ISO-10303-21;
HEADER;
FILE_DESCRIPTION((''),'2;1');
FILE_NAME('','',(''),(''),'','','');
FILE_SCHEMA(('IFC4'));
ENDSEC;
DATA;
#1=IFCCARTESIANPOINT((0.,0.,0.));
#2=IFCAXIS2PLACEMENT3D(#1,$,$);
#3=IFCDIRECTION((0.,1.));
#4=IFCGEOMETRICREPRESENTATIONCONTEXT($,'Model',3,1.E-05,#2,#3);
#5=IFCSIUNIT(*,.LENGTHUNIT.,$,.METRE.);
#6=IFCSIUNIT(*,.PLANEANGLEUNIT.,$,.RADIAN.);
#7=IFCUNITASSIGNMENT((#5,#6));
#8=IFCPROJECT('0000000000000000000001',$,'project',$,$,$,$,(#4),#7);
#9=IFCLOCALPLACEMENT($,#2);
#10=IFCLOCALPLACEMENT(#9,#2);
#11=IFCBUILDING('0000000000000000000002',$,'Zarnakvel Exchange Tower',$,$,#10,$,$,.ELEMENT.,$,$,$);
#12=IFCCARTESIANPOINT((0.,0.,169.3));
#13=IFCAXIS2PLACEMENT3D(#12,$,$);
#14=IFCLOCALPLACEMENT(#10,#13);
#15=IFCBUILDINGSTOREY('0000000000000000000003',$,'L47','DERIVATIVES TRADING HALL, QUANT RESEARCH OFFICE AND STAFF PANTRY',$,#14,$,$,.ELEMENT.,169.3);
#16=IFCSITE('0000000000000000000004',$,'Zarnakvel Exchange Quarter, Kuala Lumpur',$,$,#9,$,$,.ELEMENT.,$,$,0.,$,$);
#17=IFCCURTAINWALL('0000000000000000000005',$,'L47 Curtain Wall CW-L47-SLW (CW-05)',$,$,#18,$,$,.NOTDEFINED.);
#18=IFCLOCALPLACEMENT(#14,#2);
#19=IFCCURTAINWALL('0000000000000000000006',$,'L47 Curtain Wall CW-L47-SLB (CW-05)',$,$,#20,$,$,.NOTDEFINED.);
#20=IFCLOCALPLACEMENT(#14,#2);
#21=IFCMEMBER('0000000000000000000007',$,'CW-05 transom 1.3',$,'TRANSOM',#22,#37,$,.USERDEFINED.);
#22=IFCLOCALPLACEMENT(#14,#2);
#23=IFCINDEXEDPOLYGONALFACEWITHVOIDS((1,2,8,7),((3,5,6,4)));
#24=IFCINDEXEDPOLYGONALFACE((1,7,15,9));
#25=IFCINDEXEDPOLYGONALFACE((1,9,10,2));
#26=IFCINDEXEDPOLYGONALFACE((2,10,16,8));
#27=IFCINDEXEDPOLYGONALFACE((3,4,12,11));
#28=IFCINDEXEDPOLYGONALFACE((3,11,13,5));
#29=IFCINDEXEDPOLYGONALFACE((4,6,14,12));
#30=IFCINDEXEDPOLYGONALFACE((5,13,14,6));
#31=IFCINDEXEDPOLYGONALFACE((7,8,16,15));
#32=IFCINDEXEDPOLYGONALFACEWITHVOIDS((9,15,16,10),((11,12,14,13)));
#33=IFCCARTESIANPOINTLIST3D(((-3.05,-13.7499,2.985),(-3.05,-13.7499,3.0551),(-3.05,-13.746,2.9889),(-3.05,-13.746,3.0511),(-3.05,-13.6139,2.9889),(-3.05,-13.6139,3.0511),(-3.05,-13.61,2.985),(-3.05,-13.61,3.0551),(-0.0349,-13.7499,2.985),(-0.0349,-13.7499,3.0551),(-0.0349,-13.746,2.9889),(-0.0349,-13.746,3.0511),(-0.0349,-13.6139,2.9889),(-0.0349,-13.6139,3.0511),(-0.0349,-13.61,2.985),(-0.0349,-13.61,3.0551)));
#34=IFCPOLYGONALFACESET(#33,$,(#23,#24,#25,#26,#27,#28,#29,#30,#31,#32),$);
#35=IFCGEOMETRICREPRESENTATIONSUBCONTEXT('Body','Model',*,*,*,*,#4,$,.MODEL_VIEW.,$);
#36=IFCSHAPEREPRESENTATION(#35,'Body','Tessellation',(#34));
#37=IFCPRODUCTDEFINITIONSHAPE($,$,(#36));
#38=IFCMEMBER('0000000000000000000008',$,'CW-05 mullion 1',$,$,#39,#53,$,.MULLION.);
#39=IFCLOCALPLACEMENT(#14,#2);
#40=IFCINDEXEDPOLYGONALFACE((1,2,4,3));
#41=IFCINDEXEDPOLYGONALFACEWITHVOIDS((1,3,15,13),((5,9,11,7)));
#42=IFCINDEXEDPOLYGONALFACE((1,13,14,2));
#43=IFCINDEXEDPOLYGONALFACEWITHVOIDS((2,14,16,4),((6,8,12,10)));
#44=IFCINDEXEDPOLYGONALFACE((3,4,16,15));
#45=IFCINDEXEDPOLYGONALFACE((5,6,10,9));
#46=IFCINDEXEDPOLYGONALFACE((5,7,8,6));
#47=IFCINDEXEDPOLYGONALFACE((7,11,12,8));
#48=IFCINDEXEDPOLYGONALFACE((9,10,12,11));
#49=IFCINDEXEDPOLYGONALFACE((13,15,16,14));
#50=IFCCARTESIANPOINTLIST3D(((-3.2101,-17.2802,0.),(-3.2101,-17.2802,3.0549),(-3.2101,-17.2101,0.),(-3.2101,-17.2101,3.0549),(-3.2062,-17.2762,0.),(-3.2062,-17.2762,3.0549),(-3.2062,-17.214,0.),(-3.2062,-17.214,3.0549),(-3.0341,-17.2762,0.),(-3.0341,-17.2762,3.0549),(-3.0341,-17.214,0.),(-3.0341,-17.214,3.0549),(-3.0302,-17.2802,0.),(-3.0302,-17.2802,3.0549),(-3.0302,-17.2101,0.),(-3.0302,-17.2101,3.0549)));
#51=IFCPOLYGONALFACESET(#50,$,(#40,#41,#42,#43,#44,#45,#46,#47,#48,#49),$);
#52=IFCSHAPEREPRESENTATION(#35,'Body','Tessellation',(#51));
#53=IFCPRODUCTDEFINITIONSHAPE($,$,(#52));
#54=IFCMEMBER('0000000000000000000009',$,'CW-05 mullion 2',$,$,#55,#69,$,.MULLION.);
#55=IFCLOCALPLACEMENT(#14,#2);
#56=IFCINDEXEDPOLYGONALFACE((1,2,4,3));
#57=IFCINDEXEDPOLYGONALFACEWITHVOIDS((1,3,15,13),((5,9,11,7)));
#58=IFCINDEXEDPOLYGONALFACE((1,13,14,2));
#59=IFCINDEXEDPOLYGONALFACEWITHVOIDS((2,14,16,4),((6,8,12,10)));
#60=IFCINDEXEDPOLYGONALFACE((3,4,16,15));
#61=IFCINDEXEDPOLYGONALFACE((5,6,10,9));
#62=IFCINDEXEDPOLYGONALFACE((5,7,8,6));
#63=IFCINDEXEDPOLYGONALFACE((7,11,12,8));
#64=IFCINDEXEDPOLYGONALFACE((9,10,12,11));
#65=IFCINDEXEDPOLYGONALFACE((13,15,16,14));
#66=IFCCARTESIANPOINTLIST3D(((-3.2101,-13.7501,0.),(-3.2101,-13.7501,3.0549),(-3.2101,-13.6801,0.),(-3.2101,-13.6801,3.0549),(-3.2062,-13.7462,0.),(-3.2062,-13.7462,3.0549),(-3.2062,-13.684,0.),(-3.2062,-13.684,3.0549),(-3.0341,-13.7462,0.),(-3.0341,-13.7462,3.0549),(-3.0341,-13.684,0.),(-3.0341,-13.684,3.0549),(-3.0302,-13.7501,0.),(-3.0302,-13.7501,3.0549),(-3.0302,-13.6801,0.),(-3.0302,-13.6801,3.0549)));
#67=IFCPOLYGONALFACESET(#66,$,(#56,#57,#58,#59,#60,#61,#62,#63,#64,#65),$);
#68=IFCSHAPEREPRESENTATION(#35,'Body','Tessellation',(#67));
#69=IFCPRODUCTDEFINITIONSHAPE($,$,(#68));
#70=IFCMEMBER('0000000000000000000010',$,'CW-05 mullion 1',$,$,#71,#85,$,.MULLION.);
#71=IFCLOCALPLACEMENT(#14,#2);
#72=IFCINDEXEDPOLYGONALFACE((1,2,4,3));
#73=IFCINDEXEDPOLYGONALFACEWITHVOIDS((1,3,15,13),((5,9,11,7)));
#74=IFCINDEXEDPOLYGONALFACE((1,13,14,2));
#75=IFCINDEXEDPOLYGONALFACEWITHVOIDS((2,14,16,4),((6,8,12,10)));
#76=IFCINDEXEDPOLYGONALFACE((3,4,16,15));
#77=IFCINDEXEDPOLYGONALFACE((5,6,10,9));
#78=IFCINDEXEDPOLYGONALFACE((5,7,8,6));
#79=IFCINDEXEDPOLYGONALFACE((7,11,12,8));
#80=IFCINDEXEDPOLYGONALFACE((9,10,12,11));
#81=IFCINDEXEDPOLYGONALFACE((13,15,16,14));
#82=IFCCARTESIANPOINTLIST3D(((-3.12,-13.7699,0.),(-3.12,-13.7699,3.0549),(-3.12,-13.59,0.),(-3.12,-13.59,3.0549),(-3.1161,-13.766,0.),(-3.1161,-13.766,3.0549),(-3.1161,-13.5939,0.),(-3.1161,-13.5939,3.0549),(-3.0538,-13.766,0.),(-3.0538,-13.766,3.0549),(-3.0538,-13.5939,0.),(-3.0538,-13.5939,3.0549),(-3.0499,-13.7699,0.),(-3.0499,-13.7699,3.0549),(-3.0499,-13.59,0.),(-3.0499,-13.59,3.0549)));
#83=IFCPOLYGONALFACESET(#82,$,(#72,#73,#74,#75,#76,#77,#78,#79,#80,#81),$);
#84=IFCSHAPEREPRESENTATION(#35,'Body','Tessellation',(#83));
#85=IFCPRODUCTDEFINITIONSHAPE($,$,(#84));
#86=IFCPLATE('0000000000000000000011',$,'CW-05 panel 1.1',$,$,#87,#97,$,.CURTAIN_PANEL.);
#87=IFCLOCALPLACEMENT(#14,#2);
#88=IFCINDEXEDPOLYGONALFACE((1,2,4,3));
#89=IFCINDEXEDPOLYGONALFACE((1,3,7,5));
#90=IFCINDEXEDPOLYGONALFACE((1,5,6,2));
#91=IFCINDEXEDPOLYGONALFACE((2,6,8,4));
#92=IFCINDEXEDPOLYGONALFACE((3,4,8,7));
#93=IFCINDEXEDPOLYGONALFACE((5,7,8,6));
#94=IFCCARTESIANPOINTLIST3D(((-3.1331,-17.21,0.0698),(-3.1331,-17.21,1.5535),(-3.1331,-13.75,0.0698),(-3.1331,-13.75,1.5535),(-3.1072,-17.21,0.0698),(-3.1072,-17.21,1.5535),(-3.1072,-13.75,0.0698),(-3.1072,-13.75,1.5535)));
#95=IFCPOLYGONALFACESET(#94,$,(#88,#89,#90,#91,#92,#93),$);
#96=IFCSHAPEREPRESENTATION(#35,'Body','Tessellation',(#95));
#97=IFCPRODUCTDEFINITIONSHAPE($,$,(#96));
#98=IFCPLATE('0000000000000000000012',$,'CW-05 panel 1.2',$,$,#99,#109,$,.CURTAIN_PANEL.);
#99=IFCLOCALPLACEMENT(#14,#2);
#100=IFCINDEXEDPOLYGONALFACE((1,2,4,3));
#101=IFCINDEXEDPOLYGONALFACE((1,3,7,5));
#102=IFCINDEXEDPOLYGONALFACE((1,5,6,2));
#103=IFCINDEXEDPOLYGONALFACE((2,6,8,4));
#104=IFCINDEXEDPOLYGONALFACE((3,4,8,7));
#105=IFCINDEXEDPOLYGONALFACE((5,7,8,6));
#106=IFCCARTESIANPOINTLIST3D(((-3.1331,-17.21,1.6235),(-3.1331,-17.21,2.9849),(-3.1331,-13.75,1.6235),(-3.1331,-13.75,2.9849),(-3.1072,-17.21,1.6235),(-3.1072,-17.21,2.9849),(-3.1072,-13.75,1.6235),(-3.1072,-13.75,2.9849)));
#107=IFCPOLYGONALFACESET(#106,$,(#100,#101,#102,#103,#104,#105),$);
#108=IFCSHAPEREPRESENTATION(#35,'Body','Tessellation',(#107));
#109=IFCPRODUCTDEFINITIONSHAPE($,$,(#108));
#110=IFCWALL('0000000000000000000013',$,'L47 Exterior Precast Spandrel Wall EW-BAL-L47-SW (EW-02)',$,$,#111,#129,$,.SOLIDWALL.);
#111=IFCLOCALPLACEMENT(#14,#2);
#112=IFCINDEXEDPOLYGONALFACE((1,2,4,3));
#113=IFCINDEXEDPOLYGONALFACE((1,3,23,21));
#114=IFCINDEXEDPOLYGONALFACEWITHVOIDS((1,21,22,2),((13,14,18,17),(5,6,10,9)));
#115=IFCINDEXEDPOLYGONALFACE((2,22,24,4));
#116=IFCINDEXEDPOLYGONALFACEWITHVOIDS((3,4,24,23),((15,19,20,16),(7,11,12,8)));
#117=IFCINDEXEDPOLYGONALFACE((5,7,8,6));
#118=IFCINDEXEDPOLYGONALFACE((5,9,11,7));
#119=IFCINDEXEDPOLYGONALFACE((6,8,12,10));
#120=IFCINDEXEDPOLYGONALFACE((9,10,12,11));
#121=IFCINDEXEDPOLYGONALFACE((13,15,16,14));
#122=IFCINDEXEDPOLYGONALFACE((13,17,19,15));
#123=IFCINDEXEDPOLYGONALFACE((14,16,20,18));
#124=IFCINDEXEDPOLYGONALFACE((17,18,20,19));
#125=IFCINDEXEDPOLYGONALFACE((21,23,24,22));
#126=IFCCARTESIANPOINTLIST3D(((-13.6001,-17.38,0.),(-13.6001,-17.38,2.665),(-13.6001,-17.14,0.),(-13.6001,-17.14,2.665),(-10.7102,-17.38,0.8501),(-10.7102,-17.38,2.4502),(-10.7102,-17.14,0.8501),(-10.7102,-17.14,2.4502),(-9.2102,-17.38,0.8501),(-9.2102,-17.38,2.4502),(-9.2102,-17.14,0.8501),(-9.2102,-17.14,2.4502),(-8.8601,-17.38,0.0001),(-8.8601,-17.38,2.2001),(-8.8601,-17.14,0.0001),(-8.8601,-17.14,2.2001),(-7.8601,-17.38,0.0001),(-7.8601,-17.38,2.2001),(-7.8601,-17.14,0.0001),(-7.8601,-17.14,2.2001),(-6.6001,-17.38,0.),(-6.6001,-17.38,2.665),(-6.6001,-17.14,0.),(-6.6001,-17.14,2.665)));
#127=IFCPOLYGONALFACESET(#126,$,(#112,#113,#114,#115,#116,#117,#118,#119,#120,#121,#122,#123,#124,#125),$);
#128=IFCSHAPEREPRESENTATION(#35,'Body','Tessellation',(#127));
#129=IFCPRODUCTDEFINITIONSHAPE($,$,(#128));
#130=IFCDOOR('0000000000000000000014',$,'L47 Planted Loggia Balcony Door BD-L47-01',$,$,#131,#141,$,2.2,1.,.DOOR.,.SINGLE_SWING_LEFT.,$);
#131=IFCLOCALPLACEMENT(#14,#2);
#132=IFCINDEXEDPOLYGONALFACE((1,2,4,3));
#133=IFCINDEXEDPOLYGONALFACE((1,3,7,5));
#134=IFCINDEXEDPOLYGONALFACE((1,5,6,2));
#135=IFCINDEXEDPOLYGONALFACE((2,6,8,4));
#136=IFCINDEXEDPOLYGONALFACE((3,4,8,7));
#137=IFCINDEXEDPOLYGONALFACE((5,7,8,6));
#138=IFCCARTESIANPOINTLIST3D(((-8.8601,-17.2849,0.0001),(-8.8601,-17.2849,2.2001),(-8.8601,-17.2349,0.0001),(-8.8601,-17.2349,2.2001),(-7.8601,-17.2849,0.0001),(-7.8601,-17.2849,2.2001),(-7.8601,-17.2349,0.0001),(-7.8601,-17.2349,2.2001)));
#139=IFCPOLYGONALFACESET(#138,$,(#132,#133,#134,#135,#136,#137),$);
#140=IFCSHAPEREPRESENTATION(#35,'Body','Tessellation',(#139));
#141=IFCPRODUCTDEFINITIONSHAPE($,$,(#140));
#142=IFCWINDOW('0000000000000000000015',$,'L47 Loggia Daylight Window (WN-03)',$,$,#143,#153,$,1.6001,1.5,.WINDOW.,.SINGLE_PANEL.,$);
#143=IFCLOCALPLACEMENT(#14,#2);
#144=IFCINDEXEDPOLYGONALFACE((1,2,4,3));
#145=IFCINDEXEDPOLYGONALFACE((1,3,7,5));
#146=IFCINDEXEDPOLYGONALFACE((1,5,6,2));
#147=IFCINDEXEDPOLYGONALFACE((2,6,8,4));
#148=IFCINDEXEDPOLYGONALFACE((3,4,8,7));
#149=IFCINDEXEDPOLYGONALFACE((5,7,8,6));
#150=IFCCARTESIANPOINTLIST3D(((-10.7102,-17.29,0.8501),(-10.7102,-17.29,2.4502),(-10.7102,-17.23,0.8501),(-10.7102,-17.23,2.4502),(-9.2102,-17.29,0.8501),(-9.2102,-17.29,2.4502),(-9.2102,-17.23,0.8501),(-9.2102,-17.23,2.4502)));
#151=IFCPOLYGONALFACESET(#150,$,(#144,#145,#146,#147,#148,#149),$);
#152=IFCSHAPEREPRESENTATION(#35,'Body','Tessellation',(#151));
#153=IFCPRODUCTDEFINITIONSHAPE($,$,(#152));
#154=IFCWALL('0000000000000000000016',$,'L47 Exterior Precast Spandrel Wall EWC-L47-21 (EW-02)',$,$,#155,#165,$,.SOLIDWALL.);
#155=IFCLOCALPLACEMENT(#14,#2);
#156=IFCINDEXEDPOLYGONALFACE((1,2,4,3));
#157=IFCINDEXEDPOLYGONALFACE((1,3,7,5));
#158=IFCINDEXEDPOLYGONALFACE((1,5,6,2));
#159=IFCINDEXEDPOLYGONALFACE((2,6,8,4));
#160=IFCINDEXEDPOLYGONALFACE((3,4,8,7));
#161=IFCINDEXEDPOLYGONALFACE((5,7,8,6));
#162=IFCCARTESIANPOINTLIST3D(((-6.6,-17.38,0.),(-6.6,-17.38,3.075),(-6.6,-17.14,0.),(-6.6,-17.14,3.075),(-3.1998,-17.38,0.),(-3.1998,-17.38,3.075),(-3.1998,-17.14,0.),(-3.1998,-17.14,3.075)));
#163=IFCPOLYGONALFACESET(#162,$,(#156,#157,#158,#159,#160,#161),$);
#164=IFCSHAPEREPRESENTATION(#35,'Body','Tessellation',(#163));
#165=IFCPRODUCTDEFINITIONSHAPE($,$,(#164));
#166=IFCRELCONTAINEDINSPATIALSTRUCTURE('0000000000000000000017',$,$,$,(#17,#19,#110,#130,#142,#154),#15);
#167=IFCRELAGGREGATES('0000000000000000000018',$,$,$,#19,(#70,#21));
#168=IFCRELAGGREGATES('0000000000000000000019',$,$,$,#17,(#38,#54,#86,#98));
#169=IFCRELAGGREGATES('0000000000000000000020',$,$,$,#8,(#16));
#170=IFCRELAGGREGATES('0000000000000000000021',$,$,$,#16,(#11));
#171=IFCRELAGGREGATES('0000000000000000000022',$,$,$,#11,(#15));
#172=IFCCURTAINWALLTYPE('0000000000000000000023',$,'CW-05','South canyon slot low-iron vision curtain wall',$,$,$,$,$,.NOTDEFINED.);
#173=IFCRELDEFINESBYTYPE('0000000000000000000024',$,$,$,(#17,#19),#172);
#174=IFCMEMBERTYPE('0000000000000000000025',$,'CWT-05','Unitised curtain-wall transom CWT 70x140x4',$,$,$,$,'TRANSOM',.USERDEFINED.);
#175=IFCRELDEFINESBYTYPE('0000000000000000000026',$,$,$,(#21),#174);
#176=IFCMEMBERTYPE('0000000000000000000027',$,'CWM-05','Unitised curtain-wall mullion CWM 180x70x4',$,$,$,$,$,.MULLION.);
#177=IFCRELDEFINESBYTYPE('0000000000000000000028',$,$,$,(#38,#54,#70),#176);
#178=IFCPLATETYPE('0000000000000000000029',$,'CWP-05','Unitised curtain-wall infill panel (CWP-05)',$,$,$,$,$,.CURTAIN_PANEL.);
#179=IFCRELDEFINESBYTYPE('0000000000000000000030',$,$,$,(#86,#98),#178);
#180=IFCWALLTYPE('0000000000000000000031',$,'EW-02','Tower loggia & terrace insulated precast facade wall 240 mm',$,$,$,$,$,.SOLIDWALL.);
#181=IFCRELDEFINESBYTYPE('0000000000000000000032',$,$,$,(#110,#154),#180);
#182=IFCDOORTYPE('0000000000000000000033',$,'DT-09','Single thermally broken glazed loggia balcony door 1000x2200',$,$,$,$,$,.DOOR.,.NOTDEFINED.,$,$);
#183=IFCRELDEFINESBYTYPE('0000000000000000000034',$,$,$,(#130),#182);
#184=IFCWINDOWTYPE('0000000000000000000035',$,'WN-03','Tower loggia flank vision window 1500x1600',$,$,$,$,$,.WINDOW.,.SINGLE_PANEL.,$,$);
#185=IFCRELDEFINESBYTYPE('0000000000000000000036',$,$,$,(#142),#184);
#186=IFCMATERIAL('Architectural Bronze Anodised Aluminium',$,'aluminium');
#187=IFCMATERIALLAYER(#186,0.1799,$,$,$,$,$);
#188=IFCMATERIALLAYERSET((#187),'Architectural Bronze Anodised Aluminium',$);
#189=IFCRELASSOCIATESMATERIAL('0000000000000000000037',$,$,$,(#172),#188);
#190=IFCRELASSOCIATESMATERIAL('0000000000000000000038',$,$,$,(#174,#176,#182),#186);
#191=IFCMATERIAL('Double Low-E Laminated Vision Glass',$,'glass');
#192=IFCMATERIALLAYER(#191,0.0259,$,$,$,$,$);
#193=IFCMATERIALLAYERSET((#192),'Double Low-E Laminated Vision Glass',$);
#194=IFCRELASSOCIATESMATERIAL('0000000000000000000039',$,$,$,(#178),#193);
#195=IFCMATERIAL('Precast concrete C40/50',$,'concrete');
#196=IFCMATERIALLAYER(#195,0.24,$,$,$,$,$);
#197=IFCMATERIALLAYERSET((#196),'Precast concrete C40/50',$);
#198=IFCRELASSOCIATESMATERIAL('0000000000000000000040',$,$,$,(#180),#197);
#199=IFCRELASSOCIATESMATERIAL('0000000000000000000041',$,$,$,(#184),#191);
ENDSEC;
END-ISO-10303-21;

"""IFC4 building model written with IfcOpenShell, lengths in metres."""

from ifc_helpers import new_model, si_unit, direction, frame, frame_2d, origin, origin_2d, place, context, subcontext, project, spatial, rectangle, hollow_rectangle, extrude, source, transform, mapped, material, layer, layer_set, material_profile, profile_set, type_object, element, fill, aggregate, save


model = new_model("IFC4")

# Units and contexts
model_context = context("Model", 3, precision=1e-05, world=origin(), true_north=direction((0.0, 1.0)))
body_context = subcontext(model_context, "Body", "Model", "MODEL_VIEW")
ifc_project = project(units=[si_unit("LENGTHUNIT", "METRE"), si_unit("PLANEANGLEUNIT", "RADIAN")], contexts=[model_context])

# Site, building, storey
site_placement = place(None, origin())
site = spatial("IfcSite", under=ifc_project, at=site_placement, Name="Zarnakvel Exchange Quarter, Kuala Lumpur", CompositionType="ELEMENT", RefElevation=0.0)
building_placement = place(site_placement, origin())
building = spatial("IfcBuilding", under=site, at=building_placement, Name="Zarnakvel Exchange Tower", CompositionType="ELEMENT")
storey_placement = place(building_placement, frame((0.0, 0.0, 169.3)))
storey = spatial("IfcBuildingStorey", under=building, at=storey_placement, Name="L47", Description="DERIVATIVES TRADING HALL, QUANT RESEARCH OFFICE AND STAFF PANTRY", CompositionType="ELEMENT", Elevation=169.3)

# Curtain walls, member
ifc_material_1 = material(Name="Architectural Bronze Anodised Aluminium", Category="aluminium")
ifc_layer_1 = layer(ifc_material_1, 0.1799)
ifc_layer_set_1 = layer_set([ifc_layer_1], Name="Architectural Bronze Anodised Aluminium")
curtain_wall_type = type_object("IfcCurtainWallType", Name="CW-05", Description="South canyon slot low-iron vision curtain wall", PredefinedType="NOTDEFINED", material=ifc_layer_set_1)
curtain_wall_1_placement = place(storey_placement, origin())
curtain_wall_1 = element("IfcCurtainWall", 1, at=curtain_wall_1_placement, inside=storey, type_object=curtain_wall_type, Name="L47 Curtain Wall CW-L47-SLW (CW-05)", PredefinedType="NOTDEFINED")
ifc_material_profile_1 = material_profile(ifc_material_1, hollow_rectangle(XDim=0.1399, YDim=0.0701, WallThickness=0.0039, at=origin_2d()))
ifc_profile_set_1 = profile_set([ifc_material_profile_1], Name="Architectural Bronze Anodised Aluminium")
member_type_1 = type_object("IfcMemberType", Name="CWT-05", Description="Unitised curtain-wall transom CWT 70x140x4", ElementType="TRANSOM", PredefinedType="USERDEFINED", material=ifc_profile_set_1)
curtain_wall_2_placement = place(storey_placement, origin())
curtain_wall_2 = element("IfcCurtainWall", 2, at=curtain_wall_2_placement, inside=storey, type_object=curtain_wall_type, Name="L47 Curtain Wall CW-L47-SLB (CW-05)", PredefinedType="NOTDEFINED")
shared_shape_1 = source(origin(), body_context, "Body", "SweptSolid", [
    extrude(hollow_rectangle(XDim=0.1399, YDim=0.0701, WallThickness=0.0039, at=origin_2d()), origin(), (0.0, 0.0, 1.0), 3.0151),
])
member_1_placement = place(storey_placement, frame((-3.05, -13.6799, 3.02), z_axis=(1.0, 0.0, 0.0), x_axis=(0.0, 1.0, 0.0)))
member_1 = element("IfcMember", 3, at=member_1_placement, type_object=member_type_1, Name="CW-05 transom 1.3", ObjectType="TRANSOM", PredefinedType="USERDEFINED", context=body_context, shape_type="MappedRepresentation", body=[
    mapped(shared_shape_1, transform((0.0, 0.0, 0.0), x_axis=(1.0, 0.0, 0.0), y_axis=(0.0, 1.0, 0.0), z_axis=(0.0, 0.0, 1.0), scale=1.0)),
])

# Members
ifc_material_profile_2 = material_profile(ifc_material_1, hollow_rectangle(XDim=0.1799, YDim=0.0701, WallThickness=0.0039, at=origin_2d()))
ifc_profile_set_2 = profile_set([ifc_material_profile_2], Name="Architectural Bronze Anodised Aluminium")
member_type_2 = type_object("IfcMemberType", Name="CWM-05", Description="Unitised curtain-wall mullion CWM 180x70x4", PredefinedType="MULLION", material=ifc_profile_set_2)
shared_shape_2 = source(origin(), body_context, "Body", "SweptSolid", [
    extrude(hollow_rectangle(XDim=0.1799, YDim=0.0701, WallThickness=0.0039, at=origin_2d()), origin(), (0.0, 0.0, 1.0), 3.0549),
])
member_2_placement = place(storey_placement, frame((-3.1201, -17.2451, 0.0), z_axis=(0.0, 0.0, 1.0), x_axis=(-1.0, 0.0, 0.0)))
member_2 = element("IfcMember", 4, at=member_2_placement, type_object=member_type_2, Name="CW-05 mullion 1", PredefinedType="MULLION", context=body_context, shape_type="MappedRepresentation", body=[
    mapped(shared_shape_2, transform((0.0, 0.0, 0.0), x_axis=(1.0, 0.0, 0.0), y_axis=(0.0, 1.0, 0.0), z_axis=(0.0, 0.0, 1.0), scale=1.0)),
])
member_3_placement = place(storey_placement, frame((-3.1201, -13.7151, 0.0), z_axis=(0.0, 0.0, 1.0), x_axis=(-1.0, 0.0, 0.0)))
member_3 = element("IfcMember", 5, at=member_3_placement, type_object=member_type_2, Name="CW-05 mullion 2", PredefinedType="MULLION", context=body_context, shape_type="MappedRepresentation", body=[
    mapped(shared_shape_2, transform((0.0, 0.0, 0.0), x_axis=(1.0, 0.0, 0.0), y_axis=(0.0, 1.0, 0.0), z_axis=(0.0, 0.0, 1.0), scale=1.0)),
])
member_4_placement = place(storey_placement, frame((-3.085, -13.6799, 0.0), z_axis=(0.0, 0.0, 1.0), x_axis=(0.0, 1.0, 0.0)))
member_4 = element("IfcMember", 6, at=member_4_placement, type_object=member_type_2, Name="CW-05 mullion 1", PredefinedType="MULLION", context=body_context, shape_type="MappedRepresentation", body=[
    mapped(shared_shape_2, transform((0.0, 0.0, 0.0), x_axis=(1.0, 0.0, 0.0), y_axis=(0.0, 1.0, 0.0), z_axis=(0.0, 0.0, 1.0), scale=1.0)),
])
aggregate(curtain_wall_2, [member_4, member_1])

# Plates
ifc_material_2 = material(Name="Double Low-E Laminated Vision Glass", Category="glass")
ifc_layer_2 = layer(ifc_material_2, 0.0259)
ifc_layer_set_2 = layer_set([ifc_layer_2], Name="Double Low-E Laminated Vision Glass")
plate_type = type_object("IfcPlateType", Name="CWP-05", Description="Unitised curtain-wall infill panel (CWP-05)", PredefinedType="CURTAIN_PANEL", material=ifc_layer_set_2)
shared_shape_3 = source(origin(), body_context, "Body", "SweptSolid", [
    extrude(rectangle(XDim=3.46, YDim=0.0259, at=origin_2d()), origin(), (0.0, 0.0, 1.0), 1.4836),
])
plate_1_placement = place(storey_placement, frame((-3.1201, -15.48, 0.0698), z_axis=(0.0, 0.0, 1.0), x_axis=(0.0, 1.0, 0.0)))
plate_1 = element("IfcPlate", 7, at=plate_1_placement, type_object=plate_type, Name="CW-05 panel 1.1", PredefinedType="CURTAIN_PANEL", context=body_context, shape_type="MappedRepresentation", body=[
    mapped(shared_shape_3, transform((0.0, 0.0, 0.0), x_axis=(1.0, 0.0, 0.0), y_axis=(0.0, 1.0, 0.0), z_axis=(0.0, 0.0, 1.0), scale=1.0)),
])
shared_shape_4 = source(origin(), body_context, "Body", "SweptSolid", [
    extrude(rectangle(XDim=3.46, YDim=0.0259, at=origin_2d()), origin(), (0.0, 0.0, 1.0), 1.3613),
])
plate_2_placement = place(storey_placement, frame((-3.1201, -15.48, 1.6235), z_axis=(0.0, 0.0, 1.0), x_axis=(0.0, 1.0, 0.0)))
plate_2 = element("IfcPlate", 8, at=plate_2_placement, type_object=plate_type, Name="CW-05 panel 1.2", PredefinedType="CURTAIN_PANEL", context=body_context, shape_type="MappedRepresentation", body=[
    mapped(shared_shape_4, transform((0.0, 0.0, 0.0), x_axis=(1.0, 0.0, 0.0), y_axis=(0.0, 1.0, 0.0), z_axis=(0.0, 0.0, 1.0), scale=1.0)),
])
aggregate(curtain_wall_1, [member_2, member_3, plate_1, plate_2])

# Wall, openings, door, window
ifc_material_3 = material(Name="Precast concrete C40/50", Category="concrete")
ifc_layer_3 = layer(ifc_material_3, 0.24)
ifc_layer_set_3 = layer_set([ifc_layer_3], Name="Precast concrete C40/50")
wall_type = type_object("IfcWallType", Name="EW-02", Description="Tower loggia & terrace insulated precast facade wall 240 mm", PredefinedType="SOLIDWALL", material=ifc_layer_set_3)
wall_1_placement = place(storey_placement, frame((-6.6001, -17.26, 0.0), z_axis=(0.0, 0.0, 1.0), x_axis=(-1.0, 0.0, 0.0)))
wall_1 = element("IfcWall", 9, at=wall_1_placement, inside=storey, type_object=wall_type, Name="L47 Exterior Precast Spandrel Wall EW-BAL-L47-SW (EW-02)", PredefinedType="SOLIDWALL", context=body_context, shape_type="SweptSolid", body=[
    extrude(rectangle(XDim=7.0, YDim=0.24, at=frame_2d((3.5, 0.0))), origin(), (0.0, 0.0, 1.0), 2.665),
])
opening_1_placement = place(wall_1_placement, frame((1.26, 0.0, 0.0)))
opening_1 = element("IfcOpeningElement", 10, at=opening_1_placement, cuts=wall_1, PredefinedType="OPENING", context=body_context, shape_type="SweptSolid", body=[
    extrude(rectangle(XDim=1.0, YDim=2.2, at=frame_2d((0.5, 1.1001))), frame((0.0, 0.1299, 0.0), z_axis=(0.0, -1.0, 0.0), x_axis=(1.0, 0.0, 0.0)), (0.0, 0.0, 1.0), 0.26),
])
opening_2_placement = place(wall_1_placement, frame((2.6101, 0.0, 0.8501)))
opening_2 = element("IfcOpeningElement", 11, at=opening_2_placement, cuts=wall_1, PredefinedType="OPENING", context=body_context, shape_type="SweptSolid", body=[
    extrude(rectangle(XDim=1.5, YDim=1.6001, at=frame_2d((0.75, 0.8))), frame((0.0, 0.1299, 0.0), z_axis=(0.0, -1.0, 0.0), x_axis=(1.0, 0.0, 0.0)), (0.0, 0.0, 1.0), 0.26),
])
door_type = type_object("IfcDoorType", Name="DT-09", Description="Single thermally broken glazed loggia balcony door 1000x2200", OperationType="NOTDEFINED", PredefinedType="DOOR", material=ifc_material_1)
shared_shape_5 = source(origin(), body_context, "Body", "SweptSolid", [
    extrude(rectangle(XDim=1.0, YDim=2.2, at=frame_2d((0.5, 1.1001))), frame((0.0, 0.0249, 0.0), z_axis=(0.0, -1.0, 0.0), x_axis=(1.0, 0.0, 0.0)), (0.0, 0.0, 1.0), 0.05),
])
door_placement = place(opening_1_placement, origin())
door = element("IfcDoor", 12, at=door_placement, inside=storey, type_object=door_type, Name="L47 Planted Loggia Balcony Door BD-L47-01", OperationType="SINGLE_SWING_LEFT", OverallHeight=2.2, OverallWidth=1.0, PredefinedType="DOOR", context=body_context, shape_type="MappedRepresentation", body=[
    mapped(shared_shape_5, transform((0.0, 0.0, 0.0), x_axis=(1.0, 0.0, 0.0), y_axis=(0.0, 1.0, 0.0), z_axis=(0.0, 0.0, 1.0), scale=1.0)),
])
fill(opening_1, door)
window_type = type_object("IfcWindowType", Name="WN-03", Description="Tower loggia flank vision window 1500x1600", PartitioningType="SINGLE_PANEL", PredefinedType="WINDOW", material=ifc_material_2)
shared_shape_6 = source(origin(), body_context, "Body", "SweptSolid", [
    extrude(rectangle(XDim=1.5, YDim=1.6001, at=frame_2d((0.75, 0.8))), frame((0.0, 0.03, 0.0), z_axis=(0.0, -1.0, 0.0), x_axis=(1.0, 0.0, 0.0)), (0.0, 0.0, 1.0), 0.0601),
])
window_placement = place(opening_2_placement, origin())
window = element("IfcWindow", 13, at=window_placement, inside=storey, type_object=window_type, Name="L47 Loggia Daylight Window (WN-03)", OverallHeight=1.6001, OverallWidth=1.5, PartitioningType="SINGLE_PANEL", PredefinedType="WINDOW", context=body_context, shape_type="MappedRepresentation", body=[
    mapped(shared_shape_6, transform((0.0, 0.0, 0.0), x_axis=(1.0, 0.0, 0.0), y_axis=(0.0, 1.0, 0.0), z_axis=(0.0, 0.0, 1.0), scale=1.0)),
])
fill(opening_2, window)

# Wall
wall_2_placement = place(storey_placement, frame((-6.6001, -17.26, 0.0), z_axis=(0.0, 0.0, 1.0), x_axis=(1.0, 0.0, 0.0)))
element("IfcWall", 14, at=wall_2_placement, inside=storey, type_object=wall_type, Name="L47 Exterior Precast Spandrel Wall EWC-L47-21 (EW-02)", PredefinedType="SOLIDWALL", context=body_context, shape_type="SweptSolid", body=[
    extrude(rectangle(XDim=3.4001, YDim=0.24, at=frame_2d((1.7002, 0.0))), origin(), (0.0, 0.0, 1.0), 3.075),
])

save(model, "model.ifc")
